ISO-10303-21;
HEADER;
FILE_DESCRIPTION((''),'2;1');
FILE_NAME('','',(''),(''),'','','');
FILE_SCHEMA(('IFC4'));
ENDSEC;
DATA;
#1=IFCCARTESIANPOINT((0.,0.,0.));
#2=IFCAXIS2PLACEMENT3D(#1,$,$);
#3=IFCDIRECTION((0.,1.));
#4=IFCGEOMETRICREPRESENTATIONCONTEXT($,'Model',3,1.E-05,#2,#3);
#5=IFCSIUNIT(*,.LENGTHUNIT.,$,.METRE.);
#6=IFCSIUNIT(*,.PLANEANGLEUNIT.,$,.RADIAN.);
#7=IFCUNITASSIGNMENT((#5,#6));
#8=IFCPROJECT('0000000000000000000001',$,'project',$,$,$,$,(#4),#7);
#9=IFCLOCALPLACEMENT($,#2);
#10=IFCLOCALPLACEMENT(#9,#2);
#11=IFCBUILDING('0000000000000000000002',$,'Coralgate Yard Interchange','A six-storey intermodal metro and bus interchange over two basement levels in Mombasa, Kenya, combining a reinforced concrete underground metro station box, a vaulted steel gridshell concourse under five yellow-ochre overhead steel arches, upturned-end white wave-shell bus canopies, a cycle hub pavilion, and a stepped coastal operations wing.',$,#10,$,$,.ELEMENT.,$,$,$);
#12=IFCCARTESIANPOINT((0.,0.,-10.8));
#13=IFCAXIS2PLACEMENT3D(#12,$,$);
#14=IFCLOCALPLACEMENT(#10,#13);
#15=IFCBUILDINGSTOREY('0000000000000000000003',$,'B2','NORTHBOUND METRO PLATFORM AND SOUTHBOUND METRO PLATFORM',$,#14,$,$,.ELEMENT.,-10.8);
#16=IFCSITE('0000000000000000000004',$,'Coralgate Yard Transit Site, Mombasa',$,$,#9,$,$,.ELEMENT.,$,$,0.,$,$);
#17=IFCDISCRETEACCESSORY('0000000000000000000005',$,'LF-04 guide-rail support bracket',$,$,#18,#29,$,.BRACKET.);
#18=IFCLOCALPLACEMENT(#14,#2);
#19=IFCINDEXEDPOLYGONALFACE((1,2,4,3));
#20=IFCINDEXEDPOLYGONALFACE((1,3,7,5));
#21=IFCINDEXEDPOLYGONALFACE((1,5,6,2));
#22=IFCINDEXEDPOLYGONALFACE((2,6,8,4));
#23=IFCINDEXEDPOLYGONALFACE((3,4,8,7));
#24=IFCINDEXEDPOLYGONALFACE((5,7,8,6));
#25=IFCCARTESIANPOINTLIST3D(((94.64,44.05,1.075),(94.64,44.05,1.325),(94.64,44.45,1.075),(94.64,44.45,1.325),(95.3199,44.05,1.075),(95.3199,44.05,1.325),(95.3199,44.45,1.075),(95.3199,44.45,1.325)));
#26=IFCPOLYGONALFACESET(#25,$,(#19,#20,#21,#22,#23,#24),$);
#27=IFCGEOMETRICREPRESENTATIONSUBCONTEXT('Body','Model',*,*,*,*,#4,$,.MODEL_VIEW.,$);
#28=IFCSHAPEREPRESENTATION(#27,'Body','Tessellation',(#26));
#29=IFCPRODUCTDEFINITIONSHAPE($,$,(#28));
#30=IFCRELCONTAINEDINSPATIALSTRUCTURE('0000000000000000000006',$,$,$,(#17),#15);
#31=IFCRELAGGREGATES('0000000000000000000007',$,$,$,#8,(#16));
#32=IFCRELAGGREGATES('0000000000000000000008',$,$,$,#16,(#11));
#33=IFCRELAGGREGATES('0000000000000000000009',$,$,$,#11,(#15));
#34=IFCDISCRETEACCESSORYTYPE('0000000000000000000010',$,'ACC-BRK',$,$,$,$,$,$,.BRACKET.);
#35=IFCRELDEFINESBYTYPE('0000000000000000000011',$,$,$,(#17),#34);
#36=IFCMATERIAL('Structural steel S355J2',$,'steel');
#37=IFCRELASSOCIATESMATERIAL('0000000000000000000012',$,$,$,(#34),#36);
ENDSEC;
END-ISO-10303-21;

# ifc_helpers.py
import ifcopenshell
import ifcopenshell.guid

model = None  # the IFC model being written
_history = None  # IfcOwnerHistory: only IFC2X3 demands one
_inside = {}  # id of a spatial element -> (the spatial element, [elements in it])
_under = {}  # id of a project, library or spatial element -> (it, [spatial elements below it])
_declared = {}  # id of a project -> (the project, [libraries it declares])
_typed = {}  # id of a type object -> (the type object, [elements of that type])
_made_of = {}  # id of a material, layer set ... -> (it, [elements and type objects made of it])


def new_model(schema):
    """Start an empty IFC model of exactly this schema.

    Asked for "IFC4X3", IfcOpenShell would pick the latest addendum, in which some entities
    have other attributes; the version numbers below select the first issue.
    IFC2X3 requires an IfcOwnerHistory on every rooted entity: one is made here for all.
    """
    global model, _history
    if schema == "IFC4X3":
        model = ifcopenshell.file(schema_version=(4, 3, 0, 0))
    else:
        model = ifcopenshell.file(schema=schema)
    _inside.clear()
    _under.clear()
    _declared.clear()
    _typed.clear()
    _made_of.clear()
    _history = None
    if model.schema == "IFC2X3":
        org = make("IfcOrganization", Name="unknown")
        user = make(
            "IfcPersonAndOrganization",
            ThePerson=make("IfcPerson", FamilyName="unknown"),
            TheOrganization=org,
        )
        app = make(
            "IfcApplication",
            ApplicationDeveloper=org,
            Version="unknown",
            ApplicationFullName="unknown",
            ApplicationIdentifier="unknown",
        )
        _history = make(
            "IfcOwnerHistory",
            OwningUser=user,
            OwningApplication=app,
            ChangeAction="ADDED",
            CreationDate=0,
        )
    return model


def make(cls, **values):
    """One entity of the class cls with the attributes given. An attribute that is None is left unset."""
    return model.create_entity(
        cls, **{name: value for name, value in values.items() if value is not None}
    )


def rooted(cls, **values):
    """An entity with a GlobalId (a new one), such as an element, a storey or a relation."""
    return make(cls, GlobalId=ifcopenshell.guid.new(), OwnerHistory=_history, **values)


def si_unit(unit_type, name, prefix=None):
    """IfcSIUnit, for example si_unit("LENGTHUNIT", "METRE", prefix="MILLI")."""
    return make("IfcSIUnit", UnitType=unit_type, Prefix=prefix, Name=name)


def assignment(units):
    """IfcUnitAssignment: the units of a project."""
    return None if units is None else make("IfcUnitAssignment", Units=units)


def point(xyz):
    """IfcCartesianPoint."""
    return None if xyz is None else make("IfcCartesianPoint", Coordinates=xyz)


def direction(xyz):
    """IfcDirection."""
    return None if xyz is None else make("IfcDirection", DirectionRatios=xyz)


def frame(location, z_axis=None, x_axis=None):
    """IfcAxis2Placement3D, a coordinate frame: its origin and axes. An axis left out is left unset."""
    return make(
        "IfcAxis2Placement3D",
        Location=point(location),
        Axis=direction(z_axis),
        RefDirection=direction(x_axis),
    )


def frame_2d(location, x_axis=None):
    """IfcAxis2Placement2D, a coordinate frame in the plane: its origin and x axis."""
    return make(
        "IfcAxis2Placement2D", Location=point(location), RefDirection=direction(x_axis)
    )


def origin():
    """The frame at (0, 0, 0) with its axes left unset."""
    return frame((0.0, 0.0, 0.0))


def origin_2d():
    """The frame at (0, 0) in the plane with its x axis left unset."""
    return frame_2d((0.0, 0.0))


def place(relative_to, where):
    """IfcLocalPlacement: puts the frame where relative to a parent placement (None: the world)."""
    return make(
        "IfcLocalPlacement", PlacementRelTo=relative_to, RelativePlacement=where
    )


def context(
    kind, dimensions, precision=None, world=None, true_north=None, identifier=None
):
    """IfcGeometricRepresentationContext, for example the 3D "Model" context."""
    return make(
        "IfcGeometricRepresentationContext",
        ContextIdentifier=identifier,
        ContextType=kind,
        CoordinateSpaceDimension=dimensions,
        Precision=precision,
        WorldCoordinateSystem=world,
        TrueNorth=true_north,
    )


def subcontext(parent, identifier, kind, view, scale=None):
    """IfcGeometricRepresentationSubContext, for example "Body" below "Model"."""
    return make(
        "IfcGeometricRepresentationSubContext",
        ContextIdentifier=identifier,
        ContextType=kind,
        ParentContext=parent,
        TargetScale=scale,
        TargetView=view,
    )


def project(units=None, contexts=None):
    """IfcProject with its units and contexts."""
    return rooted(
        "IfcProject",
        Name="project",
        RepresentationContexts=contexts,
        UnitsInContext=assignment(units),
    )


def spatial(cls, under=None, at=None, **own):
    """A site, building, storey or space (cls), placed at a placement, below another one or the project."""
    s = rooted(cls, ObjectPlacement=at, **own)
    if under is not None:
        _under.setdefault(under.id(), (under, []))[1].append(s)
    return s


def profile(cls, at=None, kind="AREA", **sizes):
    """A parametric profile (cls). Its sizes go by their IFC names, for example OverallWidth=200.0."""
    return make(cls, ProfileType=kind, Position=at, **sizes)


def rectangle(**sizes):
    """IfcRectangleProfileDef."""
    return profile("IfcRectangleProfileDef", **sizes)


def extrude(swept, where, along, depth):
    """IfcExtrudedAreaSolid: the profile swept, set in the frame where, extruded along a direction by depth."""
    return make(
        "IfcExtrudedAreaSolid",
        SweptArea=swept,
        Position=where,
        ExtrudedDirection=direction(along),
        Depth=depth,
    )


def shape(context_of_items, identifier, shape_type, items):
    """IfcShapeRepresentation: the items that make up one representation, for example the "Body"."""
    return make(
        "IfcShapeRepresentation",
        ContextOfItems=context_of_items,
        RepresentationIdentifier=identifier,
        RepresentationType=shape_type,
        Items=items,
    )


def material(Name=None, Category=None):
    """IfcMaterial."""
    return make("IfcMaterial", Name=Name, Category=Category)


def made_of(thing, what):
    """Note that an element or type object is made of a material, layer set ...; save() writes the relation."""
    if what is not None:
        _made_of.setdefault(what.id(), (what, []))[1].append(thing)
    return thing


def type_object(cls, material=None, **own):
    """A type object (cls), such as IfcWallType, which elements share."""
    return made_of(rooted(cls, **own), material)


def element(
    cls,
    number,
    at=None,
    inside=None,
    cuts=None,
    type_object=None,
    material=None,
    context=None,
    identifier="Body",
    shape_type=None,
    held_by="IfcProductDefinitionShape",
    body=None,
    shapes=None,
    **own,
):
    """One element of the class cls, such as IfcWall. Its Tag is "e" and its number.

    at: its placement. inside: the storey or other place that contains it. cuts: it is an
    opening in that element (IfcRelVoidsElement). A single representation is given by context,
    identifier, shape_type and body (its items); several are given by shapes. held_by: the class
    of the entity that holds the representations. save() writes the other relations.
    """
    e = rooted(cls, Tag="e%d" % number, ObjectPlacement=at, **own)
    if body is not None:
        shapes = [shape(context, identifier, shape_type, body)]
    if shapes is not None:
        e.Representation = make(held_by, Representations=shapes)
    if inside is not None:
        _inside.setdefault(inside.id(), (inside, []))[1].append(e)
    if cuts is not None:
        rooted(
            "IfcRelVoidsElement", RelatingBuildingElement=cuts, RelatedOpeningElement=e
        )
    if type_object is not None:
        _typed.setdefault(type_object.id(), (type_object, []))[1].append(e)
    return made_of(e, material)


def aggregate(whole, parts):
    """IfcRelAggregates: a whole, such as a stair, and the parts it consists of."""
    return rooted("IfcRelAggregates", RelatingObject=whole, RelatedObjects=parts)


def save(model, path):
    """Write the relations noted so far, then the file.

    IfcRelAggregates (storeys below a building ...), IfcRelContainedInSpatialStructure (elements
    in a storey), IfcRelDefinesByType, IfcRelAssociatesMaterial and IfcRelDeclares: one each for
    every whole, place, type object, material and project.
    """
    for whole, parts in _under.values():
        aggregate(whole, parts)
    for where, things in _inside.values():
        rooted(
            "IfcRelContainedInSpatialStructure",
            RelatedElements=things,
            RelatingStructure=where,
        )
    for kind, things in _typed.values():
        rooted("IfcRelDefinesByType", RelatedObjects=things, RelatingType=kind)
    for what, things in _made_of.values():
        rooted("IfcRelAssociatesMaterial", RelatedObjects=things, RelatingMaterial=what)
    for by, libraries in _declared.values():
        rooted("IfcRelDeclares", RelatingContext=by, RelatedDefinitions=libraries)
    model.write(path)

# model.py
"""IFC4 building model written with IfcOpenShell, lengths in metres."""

from ifc_helpers import new_model, si_unit, direction, frame, origin, origin_2d, place, context, subcontext, project, spatial, rectangle, extrude, material, type_object, element, save


model = new_model("IFC4")

# Units and contexts
model_context = context("Model", 3, precision=1e-05, world=origin(), true_north=direction((0.0, 1.0)))
body_context = subcontext(model_context, "Body", "Model", "MODEL_VIEW")
ifc_project = project(units=[si_unit("LENGTHUNIT", "METRE"), si_unit("PLANEANGLEUNIT", "RADIAN")], contexts=[model_context])

# Site, building, storey
site_placement = place(None, origin())
site = spatial("IfcSite", under=ifc_project, at=site_placement, Name="Coralgate Yard Transit Site, Mombasa", CompositionType="ELEMENT", RefElevation=0.0)
building_placement = place(site_placement, origin())
building = spatial("IfcBuilding", under=site, at=building_placement, Name="Coralgate Yard Interchange", Description="A six-storey intermodal metro and bus interchange over two basement levels in Mombasa, Kenya, combining a reinforced concrete underground metro station box, a vaulted steel gridshell concourse under five yellow-ochre overhead steel arches, upturned-end white wave-shell bus canopies, a cycle hub pavilion, and a stepped coastal operations wing.", CompositionType="ELEMENT")
storey_placement = place(building_placement, frame((0.0, 0.0, -10.8)))
storey = spatial("IfcBuildingStorey", under=building, at=storey_placement, Name="B2", Description="NORTHBOUND METRO PLATFORM AND SOUTHBOUND METRO PLATFORM", CompositionType="ELEMENT", Elevation=-10.8)

# Discrete accessory
ifc_material_1 = material(Name="Structural steel S355J2", Category="steel")
discrete_accessory_type = type_object("IfcDiscreteAccessoryType", Name="ACC-BRK", PredefinedType="BRACKET", material=ifc_material_1)
discrete_accessory_placement = place(storey_placement, frame((94.98, 44.25, 1.075), z_axis=(0.0, 0.0, 1.0), x_axis=(1.0, 0.0, 0.0)))
element("IfcDiscreteAccessory", 1, at=discrete_accessory_placement, inside=storey, type_object=discrete_accessory_type, Name="LF-04 guide-rail support bracket", PredefinedType="BRACKET", context=body_context, shape_type="SweptSolid", body=[
    extrude(rectangle(XDim=0.6799, YDim=0.3999, at=origin_2d()), origin(), (0.0, 0.0, 1.0), 0.25),
])

save(model, "model.ifc")
